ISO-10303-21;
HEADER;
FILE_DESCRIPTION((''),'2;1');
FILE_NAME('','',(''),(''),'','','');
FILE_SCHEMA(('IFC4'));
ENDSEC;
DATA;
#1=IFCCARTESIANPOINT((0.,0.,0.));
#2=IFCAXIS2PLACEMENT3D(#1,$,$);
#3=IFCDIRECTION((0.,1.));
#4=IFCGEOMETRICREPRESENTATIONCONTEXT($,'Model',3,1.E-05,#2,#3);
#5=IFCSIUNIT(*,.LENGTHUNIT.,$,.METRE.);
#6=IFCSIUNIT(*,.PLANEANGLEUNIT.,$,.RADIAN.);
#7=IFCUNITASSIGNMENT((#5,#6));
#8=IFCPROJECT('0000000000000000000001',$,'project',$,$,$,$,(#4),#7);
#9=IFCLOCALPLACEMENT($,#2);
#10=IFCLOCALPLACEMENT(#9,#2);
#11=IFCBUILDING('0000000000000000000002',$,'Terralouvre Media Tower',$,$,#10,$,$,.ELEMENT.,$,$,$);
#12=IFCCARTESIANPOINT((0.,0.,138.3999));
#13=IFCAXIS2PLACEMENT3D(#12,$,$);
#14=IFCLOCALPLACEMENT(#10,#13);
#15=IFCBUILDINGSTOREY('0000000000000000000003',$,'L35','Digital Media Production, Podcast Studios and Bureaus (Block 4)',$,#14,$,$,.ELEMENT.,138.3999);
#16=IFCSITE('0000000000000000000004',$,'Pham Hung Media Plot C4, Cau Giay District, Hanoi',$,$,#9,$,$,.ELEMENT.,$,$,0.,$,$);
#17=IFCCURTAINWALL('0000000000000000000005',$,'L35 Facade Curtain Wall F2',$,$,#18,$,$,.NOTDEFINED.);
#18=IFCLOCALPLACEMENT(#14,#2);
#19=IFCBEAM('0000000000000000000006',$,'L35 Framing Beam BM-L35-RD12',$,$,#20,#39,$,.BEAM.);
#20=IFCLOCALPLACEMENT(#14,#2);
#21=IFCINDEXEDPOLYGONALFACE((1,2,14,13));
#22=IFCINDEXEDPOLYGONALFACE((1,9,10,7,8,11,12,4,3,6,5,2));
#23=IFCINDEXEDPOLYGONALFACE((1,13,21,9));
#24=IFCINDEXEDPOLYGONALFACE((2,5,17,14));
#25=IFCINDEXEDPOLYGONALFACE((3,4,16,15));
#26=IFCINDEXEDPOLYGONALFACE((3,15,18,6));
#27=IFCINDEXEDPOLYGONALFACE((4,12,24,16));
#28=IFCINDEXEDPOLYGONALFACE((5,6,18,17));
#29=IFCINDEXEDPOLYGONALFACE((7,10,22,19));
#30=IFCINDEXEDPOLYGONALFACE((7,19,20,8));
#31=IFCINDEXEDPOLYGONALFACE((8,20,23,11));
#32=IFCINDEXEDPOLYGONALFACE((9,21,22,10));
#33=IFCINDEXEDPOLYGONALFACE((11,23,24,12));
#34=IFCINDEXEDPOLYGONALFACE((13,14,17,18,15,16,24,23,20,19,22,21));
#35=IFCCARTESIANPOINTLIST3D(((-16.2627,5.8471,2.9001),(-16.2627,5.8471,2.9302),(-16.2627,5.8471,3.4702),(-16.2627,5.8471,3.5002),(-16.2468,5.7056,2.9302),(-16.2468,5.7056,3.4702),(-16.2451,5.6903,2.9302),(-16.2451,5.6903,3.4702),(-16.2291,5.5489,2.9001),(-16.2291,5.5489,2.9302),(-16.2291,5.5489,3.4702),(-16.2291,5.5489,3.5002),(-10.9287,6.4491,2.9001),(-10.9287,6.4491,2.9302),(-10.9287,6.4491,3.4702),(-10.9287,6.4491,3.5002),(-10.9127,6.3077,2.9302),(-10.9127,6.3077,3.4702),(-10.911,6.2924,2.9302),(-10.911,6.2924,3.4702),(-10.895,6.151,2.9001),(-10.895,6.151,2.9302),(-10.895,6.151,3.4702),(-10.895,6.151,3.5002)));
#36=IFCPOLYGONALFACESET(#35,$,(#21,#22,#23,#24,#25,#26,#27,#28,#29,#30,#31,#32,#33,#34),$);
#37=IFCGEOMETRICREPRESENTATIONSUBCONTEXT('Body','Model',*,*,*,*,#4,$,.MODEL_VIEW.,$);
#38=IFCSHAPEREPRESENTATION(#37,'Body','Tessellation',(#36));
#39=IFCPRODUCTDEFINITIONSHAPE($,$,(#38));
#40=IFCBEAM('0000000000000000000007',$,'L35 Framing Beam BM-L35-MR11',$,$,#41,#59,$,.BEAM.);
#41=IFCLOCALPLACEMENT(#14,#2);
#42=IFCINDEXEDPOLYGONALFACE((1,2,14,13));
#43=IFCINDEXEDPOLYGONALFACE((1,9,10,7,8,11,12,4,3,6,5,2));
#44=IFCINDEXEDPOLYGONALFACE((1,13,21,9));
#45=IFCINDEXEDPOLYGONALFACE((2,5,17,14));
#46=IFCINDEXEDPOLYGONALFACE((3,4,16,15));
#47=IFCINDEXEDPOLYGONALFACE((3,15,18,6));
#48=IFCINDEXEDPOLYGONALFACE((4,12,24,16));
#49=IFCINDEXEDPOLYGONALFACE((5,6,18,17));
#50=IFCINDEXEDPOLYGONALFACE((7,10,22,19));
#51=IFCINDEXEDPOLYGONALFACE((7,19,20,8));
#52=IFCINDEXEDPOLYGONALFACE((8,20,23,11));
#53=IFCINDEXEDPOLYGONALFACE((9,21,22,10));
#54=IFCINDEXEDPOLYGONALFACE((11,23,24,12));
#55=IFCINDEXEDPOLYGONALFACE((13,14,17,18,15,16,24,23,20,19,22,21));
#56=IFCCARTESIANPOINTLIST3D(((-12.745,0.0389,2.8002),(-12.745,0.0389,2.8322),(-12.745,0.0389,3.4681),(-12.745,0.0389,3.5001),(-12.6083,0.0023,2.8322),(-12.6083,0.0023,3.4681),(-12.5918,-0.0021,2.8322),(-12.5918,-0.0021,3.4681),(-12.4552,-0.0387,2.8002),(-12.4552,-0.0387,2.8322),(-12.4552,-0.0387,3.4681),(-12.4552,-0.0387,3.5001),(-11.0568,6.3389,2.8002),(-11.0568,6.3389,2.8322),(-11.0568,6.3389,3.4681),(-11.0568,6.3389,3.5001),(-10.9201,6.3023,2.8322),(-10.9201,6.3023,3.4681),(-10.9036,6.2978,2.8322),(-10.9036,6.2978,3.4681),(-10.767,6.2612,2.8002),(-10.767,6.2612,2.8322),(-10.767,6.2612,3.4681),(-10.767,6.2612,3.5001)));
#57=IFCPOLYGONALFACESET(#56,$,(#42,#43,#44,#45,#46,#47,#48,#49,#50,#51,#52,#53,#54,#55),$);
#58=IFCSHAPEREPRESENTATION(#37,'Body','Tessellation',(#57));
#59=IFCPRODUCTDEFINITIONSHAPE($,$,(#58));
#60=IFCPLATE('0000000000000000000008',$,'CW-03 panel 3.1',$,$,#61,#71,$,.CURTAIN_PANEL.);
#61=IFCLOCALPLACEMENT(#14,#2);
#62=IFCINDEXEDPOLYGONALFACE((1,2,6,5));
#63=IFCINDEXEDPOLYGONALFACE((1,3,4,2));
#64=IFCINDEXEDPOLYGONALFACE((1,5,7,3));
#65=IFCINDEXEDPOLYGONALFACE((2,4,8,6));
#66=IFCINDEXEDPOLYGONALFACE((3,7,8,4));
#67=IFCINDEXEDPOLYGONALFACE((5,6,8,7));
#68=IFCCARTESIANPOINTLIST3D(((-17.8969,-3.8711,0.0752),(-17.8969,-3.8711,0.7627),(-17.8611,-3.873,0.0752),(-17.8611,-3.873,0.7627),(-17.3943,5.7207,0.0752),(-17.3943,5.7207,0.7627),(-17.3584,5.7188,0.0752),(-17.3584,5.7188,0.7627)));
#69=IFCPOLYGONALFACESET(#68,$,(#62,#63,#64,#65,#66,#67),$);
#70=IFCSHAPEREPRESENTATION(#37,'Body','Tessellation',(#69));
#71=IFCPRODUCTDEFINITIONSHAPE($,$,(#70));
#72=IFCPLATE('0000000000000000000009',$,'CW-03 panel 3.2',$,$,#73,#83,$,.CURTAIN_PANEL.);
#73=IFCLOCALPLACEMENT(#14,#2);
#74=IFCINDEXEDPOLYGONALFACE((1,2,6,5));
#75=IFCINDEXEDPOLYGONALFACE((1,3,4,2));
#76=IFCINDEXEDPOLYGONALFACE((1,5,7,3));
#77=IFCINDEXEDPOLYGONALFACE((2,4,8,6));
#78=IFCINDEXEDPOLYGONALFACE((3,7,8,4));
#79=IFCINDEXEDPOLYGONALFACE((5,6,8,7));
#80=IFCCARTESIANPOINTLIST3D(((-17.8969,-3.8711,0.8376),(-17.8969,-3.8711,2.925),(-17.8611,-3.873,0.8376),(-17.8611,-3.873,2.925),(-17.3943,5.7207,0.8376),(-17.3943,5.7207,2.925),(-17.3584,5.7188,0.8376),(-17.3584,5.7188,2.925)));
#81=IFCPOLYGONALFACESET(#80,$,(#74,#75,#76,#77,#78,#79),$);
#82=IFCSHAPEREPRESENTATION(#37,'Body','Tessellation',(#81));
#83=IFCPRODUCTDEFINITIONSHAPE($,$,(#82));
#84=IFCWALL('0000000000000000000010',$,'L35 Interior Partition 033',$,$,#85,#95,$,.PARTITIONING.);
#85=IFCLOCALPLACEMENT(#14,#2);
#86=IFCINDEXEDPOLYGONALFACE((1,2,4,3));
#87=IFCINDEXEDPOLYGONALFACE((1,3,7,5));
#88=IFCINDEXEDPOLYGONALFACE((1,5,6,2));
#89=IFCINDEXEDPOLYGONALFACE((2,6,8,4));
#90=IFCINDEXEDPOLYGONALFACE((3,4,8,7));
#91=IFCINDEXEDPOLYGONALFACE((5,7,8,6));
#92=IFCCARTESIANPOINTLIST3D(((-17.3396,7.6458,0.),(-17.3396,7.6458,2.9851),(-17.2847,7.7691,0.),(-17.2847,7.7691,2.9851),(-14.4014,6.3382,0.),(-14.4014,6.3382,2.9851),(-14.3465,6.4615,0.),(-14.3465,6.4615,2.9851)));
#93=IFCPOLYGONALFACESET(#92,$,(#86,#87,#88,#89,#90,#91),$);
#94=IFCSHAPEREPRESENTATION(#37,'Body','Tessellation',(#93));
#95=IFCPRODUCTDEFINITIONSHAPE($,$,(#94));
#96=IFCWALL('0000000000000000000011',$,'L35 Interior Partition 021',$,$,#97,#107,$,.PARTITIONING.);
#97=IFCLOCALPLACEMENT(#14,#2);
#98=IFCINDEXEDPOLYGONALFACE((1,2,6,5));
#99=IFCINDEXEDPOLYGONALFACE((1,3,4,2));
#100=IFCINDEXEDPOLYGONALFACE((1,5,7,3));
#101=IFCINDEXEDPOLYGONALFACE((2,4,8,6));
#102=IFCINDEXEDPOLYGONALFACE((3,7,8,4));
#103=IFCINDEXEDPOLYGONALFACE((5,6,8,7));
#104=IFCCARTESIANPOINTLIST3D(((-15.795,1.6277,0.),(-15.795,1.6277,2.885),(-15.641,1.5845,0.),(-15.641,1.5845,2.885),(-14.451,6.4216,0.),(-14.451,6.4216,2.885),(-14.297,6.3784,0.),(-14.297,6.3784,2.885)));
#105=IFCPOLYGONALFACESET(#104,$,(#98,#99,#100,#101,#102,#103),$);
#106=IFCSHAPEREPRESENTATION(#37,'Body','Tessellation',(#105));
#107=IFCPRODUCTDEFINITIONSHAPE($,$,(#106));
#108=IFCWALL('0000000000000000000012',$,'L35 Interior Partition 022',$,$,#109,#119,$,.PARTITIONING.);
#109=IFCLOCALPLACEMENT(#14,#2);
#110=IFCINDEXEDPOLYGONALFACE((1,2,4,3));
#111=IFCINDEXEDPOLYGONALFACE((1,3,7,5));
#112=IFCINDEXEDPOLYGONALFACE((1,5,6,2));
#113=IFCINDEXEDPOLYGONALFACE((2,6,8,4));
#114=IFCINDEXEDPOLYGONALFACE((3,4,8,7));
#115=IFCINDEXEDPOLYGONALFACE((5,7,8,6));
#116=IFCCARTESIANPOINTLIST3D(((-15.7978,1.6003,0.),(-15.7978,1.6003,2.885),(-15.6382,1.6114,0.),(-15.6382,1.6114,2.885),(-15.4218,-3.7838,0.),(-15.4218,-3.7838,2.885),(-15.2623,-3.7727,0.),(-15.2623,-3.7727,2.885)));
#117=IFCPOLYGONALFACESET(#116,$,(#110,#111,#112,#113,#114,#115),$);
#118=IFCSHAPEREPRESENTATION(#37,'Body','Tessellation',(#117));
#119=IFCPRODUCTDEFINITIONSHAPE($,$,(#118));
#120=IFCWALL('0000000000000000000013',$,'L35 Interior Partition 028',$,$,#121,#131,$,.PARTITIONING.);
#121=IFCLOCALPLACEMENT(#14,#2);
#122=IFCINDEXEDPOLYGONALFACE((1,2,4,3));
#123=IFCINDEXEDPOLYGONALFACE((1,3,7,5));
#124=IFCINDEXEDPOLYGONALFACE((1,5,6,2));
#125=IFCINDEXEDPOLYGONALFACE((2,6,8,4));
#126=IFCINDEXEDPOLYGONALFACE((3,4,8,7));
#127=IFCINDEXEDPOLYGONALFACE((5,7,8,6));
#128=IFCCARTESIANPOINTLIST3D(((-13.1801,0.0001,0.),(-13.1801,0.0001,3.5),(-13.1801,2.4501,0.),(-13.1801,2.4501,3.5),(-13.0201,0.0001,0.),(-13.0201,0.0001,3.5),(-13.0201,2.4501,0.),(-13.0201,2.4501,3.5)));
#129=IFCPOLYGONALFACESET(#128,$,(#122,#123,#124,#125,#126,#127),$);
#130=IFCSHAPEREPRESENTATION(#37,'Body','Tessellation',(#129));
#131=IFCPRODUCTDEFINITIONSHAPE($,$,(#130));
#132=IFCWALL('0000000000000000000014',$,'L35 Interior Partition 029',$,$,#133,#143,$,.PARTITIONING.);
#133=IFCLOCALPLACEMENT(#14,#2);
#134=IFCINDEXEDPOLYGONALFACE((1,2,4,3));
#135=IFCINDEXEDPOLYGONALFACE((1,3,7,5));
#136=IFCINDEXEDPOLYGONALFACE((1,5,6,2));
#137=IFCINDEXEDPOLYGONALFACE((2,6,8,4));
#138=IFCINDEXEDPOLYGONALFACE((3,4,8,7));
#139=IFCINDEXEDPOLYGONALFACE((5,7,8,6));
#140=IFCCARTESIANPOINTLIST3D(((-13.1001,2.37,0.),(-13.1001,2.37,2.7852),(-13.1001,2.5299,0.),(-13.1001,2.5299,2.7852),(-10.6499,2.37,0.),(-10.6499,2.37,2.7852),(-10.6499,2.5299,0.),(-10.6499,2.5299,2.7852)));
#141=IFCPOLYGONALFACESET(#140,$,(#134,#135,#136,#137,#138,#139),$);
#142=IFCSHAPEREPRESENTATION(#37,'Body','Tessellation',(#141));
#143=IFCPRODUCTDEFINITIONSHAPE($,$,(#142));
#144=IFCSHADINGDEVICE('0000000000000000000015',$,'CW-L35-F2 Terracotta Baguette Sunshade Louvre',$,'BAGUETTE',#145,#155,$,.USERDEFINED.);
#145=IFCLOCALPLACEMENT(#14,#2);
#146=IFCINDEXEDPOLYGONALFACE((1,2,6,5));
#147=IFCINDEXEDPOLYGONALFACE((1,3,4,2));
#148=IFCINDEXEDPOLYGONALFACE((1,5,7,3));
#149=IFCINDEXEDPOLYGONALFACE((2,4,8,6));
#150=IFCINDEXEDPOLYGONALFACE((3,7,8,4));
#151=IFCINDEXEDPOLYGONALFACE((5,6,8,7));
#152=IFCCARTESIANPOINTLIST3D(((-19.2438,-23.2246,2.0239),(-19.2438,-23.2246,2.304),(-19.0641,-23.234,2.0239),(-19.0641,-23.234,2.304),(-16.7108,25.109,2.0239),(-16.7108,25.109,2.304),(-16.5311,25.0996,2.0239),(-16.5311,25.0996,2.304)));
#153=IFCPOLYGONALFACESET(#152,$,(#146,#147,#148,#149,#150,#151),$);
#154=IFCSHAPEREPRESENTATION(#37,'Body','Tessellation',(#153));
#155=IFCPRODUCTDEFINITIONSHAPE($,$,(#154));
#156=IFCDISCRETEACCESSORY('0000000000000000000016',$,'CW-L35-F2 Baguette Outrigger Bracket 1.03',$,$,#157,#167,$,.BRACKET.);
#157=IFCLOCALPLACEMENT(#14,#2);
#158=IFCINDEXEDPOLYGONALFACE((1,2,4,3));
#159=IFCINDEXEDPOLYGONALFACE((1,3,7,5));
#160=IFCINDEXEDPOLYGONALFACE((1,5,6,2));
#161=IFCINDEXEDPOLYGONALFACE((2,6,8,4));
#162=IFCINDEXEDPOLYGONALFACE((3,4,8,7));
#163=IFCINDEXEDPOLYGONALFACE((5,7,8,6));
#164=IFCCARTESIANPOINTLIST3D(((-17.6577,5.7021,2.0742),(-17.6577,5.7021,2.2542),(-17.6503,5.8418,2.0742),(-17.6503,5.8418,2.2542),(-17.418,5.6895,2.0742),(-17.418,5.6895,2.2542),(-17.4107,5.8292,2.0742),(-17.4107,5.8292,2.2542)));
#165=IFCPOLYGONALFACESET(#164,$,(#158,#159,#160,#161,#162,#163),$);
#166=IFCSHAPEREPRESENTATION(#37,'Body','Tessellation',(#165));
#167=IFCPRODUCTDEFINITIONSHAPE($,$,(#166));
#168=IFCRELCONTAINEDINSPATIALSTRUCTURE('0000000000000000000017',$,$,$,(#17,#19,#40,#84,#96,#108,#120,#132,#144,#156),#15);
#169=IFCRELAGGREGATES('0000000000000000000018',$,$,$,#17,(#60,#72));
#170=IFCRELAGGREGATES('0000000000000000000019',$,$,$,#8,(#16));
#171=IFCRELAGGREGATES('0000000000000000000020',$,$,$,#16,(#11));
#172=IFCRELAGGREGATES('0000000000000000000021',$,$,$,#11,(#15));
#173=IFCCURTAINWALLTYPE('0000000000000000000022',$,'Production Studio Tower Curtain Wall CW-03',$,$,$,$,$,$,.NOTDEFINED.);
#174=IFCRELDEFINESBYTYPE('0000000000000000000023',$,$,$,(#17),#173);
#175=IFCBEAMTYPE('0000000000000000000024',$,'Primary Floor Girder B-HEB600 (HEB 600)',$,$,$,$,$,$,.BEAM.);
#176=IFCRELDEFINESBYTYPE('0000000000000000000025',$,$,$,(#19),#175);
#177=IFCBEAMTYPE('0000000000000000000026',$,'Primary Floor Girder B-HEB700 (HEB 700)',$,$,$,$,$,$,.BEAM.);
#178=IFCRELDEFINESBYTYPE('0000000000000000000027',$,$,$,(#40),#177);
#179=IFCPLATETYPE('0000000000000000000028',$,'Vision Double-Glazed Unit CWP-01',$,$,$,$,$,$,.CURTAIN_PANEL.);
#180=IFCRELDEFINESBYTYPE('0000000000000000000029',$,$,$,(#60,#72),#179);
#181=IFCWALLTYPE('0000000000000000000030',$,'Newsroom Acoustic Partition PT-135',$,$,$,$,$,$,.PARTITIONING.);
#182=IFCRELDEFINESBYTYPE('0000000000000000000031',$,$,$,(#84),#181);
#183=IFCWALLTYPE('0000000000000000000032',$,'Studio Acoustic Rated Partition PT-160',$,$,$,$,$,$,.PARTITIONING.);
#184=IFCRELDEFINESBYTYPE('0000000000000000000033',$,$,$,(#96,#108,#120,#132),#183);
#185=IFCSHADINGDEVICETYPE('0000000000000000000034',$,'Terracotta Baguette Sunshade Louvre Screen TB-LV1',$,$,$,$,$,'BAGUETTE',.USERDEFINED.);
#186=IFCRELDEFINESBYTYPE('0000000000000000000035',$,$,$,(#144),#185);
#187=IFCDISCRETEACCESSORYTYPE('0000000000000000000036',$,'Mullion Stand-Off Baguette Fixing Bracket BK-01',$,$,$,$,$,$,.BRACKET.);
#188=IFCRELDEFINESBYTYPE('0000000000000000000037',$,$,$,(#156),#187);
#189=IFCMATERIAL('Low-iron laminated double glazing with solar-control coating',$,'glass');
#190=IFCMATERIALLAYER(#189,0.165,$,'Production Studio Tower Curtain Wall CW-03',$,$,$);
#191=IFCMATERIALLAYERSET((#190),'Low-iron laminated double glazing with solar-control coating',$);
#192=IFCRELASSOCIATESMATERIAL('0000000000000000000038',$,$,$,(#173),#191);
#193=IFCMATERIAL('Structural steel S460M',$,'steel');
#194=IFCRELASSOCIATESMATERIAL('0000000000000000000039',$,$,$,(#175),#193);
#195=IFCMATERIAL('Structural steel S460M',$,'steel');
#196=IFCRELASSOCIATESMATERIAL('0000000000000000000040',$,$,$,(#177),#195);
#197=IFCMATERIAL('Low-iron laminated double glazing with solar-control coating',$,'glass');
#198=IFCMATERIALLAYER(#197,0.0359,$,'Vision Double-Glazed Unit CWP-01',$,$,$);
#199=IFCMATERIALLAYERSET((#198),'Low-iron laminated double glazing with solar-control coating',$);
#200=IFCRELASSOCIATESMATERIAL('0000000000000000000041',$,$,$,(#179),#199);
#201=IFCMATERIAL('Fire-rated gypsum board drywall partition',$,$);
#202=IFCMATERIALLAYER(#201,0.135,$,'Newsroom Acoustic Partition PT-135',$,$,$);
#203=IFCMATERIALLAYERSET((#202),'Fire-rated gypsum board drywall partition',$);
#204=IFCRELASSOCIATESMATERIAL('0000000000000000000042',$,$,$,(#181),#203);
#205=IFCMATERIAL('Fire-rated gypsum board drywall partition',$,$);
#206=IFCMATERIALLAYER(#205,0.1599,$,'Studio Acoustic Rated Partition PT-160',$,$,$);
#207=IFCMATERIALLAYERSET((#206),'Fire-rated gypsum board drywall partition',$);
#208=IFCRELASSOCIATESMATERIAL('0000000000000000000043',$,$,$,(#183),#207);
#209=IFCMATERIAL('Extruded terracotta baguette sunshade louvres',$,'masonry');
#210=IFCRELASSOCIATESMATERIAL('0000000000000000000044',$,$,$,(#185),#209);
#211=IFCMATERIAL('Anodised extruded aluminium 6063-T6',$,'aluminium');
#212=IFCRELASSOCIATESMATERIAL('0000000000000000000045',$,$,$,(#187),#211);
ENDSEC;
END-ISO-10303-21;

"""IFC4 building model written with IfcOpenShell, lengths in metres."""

from ifc_helpers import new_model, si_unit, direction, frame, frame_2d, origin, origin_2d, place, context, subcontext, project, spatial, rectangle, i_section, extrude, material, layer, layer_set, material_profile, profile_set, type_object, element, aggregate, save


model = new_model("IFC4")

# Units and contexts
model_context = context("Model", 3, precision=1e-05, world=origin(), true_north=direction((0.0, 1.0)))
body_context = subcontext(model_context, "Body", "Model", "MODEL_VIEW")
ifc_project = project(units=[si_unit("LENGTHUNIT", "METRE"), si_unit("PLANEANGLEUNIT", "RADIAN")], contexts=[model_context])

# Site, building, storey
site_placement = place(None, origin())
site = spatial("IfcSite", under=ifc_project, at=site_placement, Name="Pham Hung Media Plot C4, Cau Giay District, Hanoi", CompositionType="ELEMENT", RefElevation=0.0)
building_placement = place(site_placement, origin())
building = spatial("IfcBuilding", under=site, at=building_placement, Name="Terralouvre Media Tower", CompositionType="ELEMENT")
storey_placement = place(building_placement, frame((0.0, 0.0, 138.3999)))
storey = spatial("IfcBuildingStorey", under=building, at=storey_placement, Name="L35", Description="Digital Media Production, Podcast Studios and Bureaus (Block 4)", CompositionType="ELEMENT", Elevation=138.3999)

# Curtain wall
ifc_material_1 = material(Name="Low-iron laminated double glazing with solar-control coating", Category="glass")
ifc_layer_1 = layer(ifc_material_1, 0.165, Name="Production Studio Tower Curtain Wall CW-03")
ifc_layer_set_1 = layer_set([ifc_layer_1], Name="Low-iron laminated double glazing with solar-control coating")
curtain_wall_type = type_object("IfcCurtainWallType", Name="Production Studio Tower Curtain Wall CW-03", PredefinedType="NOTDEFINED", material=ifc_layer_set_1)
curtain_wall_placement = place(storey_placement, origin())
curtain_wall = element("IfcCurtainWall", 1, at=curtain_wall_placement, inside=storey, type_object=curtain_wall_type, Name="L35 Facade Curtain Wall F2", PredefinedType="NOTDEFINED")

# Beams
ifc_material_2 = material(Name="Structural steel S460M", Category="steel")
ifc_material_profile_1 = material_profile(ifc_material_2, i_section(OverallWidth=0.3, OverallDepth=0.6001, WebThickness=0.0154, FlangeThickness=0.03, at=origin_2d()), Name="HEB 600")
ifc_profile_set_1 = profile_set([ifc_material_profile_1], Name="Structural steel S460M")
beam_type_1 = type_object("IfcBeamType", Name="Primary Floor Girder B-HEB600 (HEB 600)", PredefinedType="BEAM", material=ifc_profile_set_1)
beam_1_placement = place(storey_placement, frame((-10.9119, 6.3, 3.2002), z_axis=(-0.99369, -0.112159, 0.0), x_axis=(0.112159, -0.99369, 0.0)))
element("IfcBeam", 2, at=beam_1_placement, inside=storey, type_object=beam_type_1, Name="L35 Framing Beam BM-L35-RD12", PredefinedType="BEAM", context=body_context, shape_type="SweptSolid", body=[
    extrude(i_section(OverallWidth=0.3, OverallDepth=0.6001, WebThickness=0.0154, FlangeThickness=0.03, at=origin_2d()), origin(), (0.0, 0.0, 1.0), 5.3679),
])
ifc_material_3 = material(Name="Structural steel S460M", Category="steel")
ifc_material_profile_2 = material_profile(ifc_material_3, i_section(OverallWidth=0.3, OverallDepth=0.7, WebThickness=0.0171, FlangeThickness=0.032, at=origin_2d()), Name="HEB 700")
ifc_profile_set_2 = profile_set([ifc_material_profile_2], Name="Structural steel S460M")
beam_type_2 = type_object("IfcBeamType", Name="Primary Floor Girder B-HEB700 (HEB 700)", PredefinedType="BEAM", material=ifc_profile_set_2)
beam_2_placement = place(storey_placement, frame((-10.9119, 6.3, 3.1501), z_axis=(-0.258839, -0.96592, 0.0), x_axis=(0.96592, -0.258839, 0.0)))
element("IfcBeam", 3, at=beam_2_placement, inside=storey, type_object=beam_type_2, Name="L35 Framing Beam BM-L35-MR11", PredefinedType="BEAM", context=body_context, shape_type="SweptSolid", body=[
    extrude(i_section(OverallWidth=0.3, OverallDepth=0.7, WebThickness=0.0171, FlangeThickness=0.032, at=origin_2d()), origin(), (0.0, 0.0, 1.0), 6.5222),
])

# Plates
ifc_material_4 = material(Name="Low-iron laminated double glazing with solar-control coating", Category="glass")
ifc_layer_2 = layer(ifc_material_4, 0.0359, Name="Vision Double-Glazed Unit CWP-01")
ifc_layer_set_2 = layer_set([ifc_layer_2], Name="Low-iron laminated double glazing with solar-control coating")
plate_type = type_object("IfcPlateType", Name="Vision Double-Glazed Unit CWP-01", PredefinedType="CURTAIN_PANEL", material=ifc_layer_set_2)
plate_1_placement = place(storey_placement, frame((-17.6277, 0.9238, 0.0752), z_axis=(0.0, 0.0, 1.0), x_axis=(-0.052336, -0.99863, 0.0)))
plate_1 = element("IfcPlate", 4, at=plate_1_placement, type_object=plate_type, Name="CW-03 panel 3.1", PredefinedType="CURTAIN_PANEL", context=body_context, shape_type="SweptSolid", body=[
    extrude(rectangle(XDim=9.605, YDim=0.0359, at=origin_2d()), origin(), (0.0, 0.0, 1.0), 0.6875),
])
plate_2_placement = place(storey_placement, frame((-17.6277, 0.9238, 0.8376), z_axis=(0.0, 0.0, 1.0), x_axis=(-0.052336, -0.99863, 0.0)))
plate_2 = element("IfcPlate", 5, at=plate_2_placement, type_object=plate_type, Name="CW-03 panel 3.2", PredefinedType="CURTAIN_PANEL", context=body_context, shape_type="SweptSolid", body=[
    extrude(rectangle(XDim=9.605, YDim=0.0359, at=origin_2d()), origin(), (0.0, 0.0, 1.0), 2.0874),
])
aggregate(curtain_wall, [plate_1, plate_2])

# Walls
ifc_material_5 = material(Name="Fire-rated gypsum board drywall partition")
ifc_layer_3 = layer(ifc_material_5, 0.135, Name="Newsroom Acoustic Partition PT-135")
ifc_layer_set_3 = layer_set([ifc_layer_3], Name="Fire-rated gypsum board drywall partition")
wall_type_1 = type_object("IfcWallType", Name="Newsroom Acoustic Partition PT-135", PredefinedType="PARTITIONING", material=ifc_layer_set_3)
wall_1_placement = place(storey_placement, frame((-14.374, 6.3999, 0.0), z_axis=(0.0, 0.0, 1.0), x_axis=(-0.913611, 0.406589, 0.0)))
element("IfcWall", 6, at=wall_1_placement, inside=storey, type_object=wall_type_1, Name="L35 Interior Partition 033", PredefinedType="PARTITIONING", context=body_context, shape_type="SweptSolid", body=[
    extrude(rectangle(XDim=3.2161, YDim=0.135, at=frame_2d((1.6079, 0.0))), origin(), (0.0, 0.0, 1.0), 2.9851),
])
ifc_material_6 = material(Name="Fire-rated gypsum board drywall partition")
ifc_layer_4 = layer(ifc_material_6, 0.1599, Name="Studio Acoustic Rated Partition PT-160")
ifc_layer_set_4 = layer_set([ifc_layer_4], Name="Fire-rated gypsum board drywall partition")
wall_type_2 = type_object("IfcWallType", Name="Studio Acoustic Rated Partition PT-160", PredefinedType="PARTITIONING", material=ifc_layer_set_4)
wall_2_placement = place(storey_placement, frame((-14.374, 6.3999, 0.0), z_axis=(0.0, 0.0, 1.0), x_axis=(-0.269945, -0.962876, 0.0)))
element("IfcWall", 7, at=wall_2_placement, inside=storey, type_object=wall_type_2, Name="L35 Interior Partition 021", PredefinedType="PARTITIONING", context=body_context, shape_type="SweptSolid", body=[
    extrude(rectangle(XDim=4.9788, YDim=0.1599, at=frame_2d((2.4893, 0.0))), origin(), (0.0, 0.0, 1.0), 2.885),
])
wall_3_placement = place(storey_placement, frame((-15.718, 1.606, 0.0), z_axis=(0.0, 0.0, 1.0), x_axis=(0.069662, -0.997571, 0.0)))
element("IfcWall", 8, at=wall_3_placement, inside=storey, type_object=wall_type_2, Name="L35 Interior Partition 022", PredefinedType="PARTITIONING", context=body_context, shape_type="SweptSolid", body=[
    extrude(rectangle(XDim=5.3972, YDim=0.1599, at=frame_2d((2.6987, 0.0))), origin(), (0.0, 0.0, 1.0), 2.885),
])
wall_4_placement = place(storey_placement, frame((-13.1001, 0.0, 0.0), z_axis=(0.0, 0.0, 1.0), x_axis=(0.0, 1.0, 0.0)))
element("IfcWall", 9, at=wall_4_placement, inside=storey, type_object=wall_type_2, Name="L35 Interior Partition 028", PredefinedType="PARTITIONING", context=body_context, shape_type="SweptSolid", body=[
    extrude(rectangle(XDim=2.45, YDim=0.1599, at=frame_2d((1.2251, 0.0))), origin(), (0.0, 0.0, 1.0), 3.5),
])
wall_5_placement = place(storey_placement, frame((-13.1001, 2.45, 0.0), z_axis=(0.0, 0.0, 1.0), x_axis=(1.0, 0.0, 0.0)))
element("IfcWall", 10, at=wall_5_placement, inside=storey, type_object=wall_type_2, Name="L35 Interior Partition 029", PredefinedType="PARTITIONING", context=body_context, shape_type="SweptSolid", body=[
    extrude(rectangle(XDim=2.4502, YDim=0.1599, at=frame_2d((1.2251, 0.0))), origin(), (0.0, 0.0, 1.0), 2.7852),
])

# Shading device
ifc_material_7 = material(Name="Extruded terracotta baguette sunshade louvres", Category="masonry")
shading_device_type = type_object("IfcShadingDeviceType", Name="Terracotta Baguette Sunshade Louvre Screen TB-LV1", ElementType="BAGUETTE", PredefinedType="USERDEFINED", material=ifc_material_7)
shading_device_placement = place(storey_placement, frame((-17.8875, 0.9375, 2.0239), z_axis=(0.0, 0.0, 1.0), x_axis=(-0.052336, -0.99863, 0.0)))
element("IfcShadingDevice", 11, at=shading_device_placement, inside=storey, type_object=shading_device_type, Name="CW-L35-F2 Terracotta Baguette Sunshade Louvre", ObjectType="BAGUETTE", PredefinedType="USERDEFINED", context=body_context, shape_type="SweptSolid", body=[
    extrude(rectangle(XDim=48.3999, YDim=0.1799, at=origin_2d()), origin(), (0.0, 0.0, 1.0), 0.28),
])

# Discrete accessory
ifc_material_8 = material(Name="Anodised extruded aluminium 6063-T6", Category="aluminium")
discrete_accessory_type = type_object("IfcDiscreteAccessoryType", Name="Mullion Stand-Off Baguette Fixing Bracket BK-01", PredefinedType="BRACKET", material=ifc_material_8)
discrete_accessory_placement = place(storey_placement, frame((-17.5342, 5.7656, 2.0742), z_axis=(0.0, 0.0, 1.0), x_axis=(-0.052336, -0.99863, 0.0)))
element("IfcDiscreteAccessory", 12, at=discrete_accessory_placement, inside=storey, type_object=discrete_accessory_type, Name="CW-L35-F2 Baguette Outrigger Bracket 1.03", PredefinedType="BRACKET", context=body_context, shape_type="SweptSolid", body=[
    extrude(rectangle(XDim=0.1399, YDim=0.24, at=origin_2d()), origin(), (0.0, 0.0, 1.0), 0.1799),
])

save(model, "model.ifc")
